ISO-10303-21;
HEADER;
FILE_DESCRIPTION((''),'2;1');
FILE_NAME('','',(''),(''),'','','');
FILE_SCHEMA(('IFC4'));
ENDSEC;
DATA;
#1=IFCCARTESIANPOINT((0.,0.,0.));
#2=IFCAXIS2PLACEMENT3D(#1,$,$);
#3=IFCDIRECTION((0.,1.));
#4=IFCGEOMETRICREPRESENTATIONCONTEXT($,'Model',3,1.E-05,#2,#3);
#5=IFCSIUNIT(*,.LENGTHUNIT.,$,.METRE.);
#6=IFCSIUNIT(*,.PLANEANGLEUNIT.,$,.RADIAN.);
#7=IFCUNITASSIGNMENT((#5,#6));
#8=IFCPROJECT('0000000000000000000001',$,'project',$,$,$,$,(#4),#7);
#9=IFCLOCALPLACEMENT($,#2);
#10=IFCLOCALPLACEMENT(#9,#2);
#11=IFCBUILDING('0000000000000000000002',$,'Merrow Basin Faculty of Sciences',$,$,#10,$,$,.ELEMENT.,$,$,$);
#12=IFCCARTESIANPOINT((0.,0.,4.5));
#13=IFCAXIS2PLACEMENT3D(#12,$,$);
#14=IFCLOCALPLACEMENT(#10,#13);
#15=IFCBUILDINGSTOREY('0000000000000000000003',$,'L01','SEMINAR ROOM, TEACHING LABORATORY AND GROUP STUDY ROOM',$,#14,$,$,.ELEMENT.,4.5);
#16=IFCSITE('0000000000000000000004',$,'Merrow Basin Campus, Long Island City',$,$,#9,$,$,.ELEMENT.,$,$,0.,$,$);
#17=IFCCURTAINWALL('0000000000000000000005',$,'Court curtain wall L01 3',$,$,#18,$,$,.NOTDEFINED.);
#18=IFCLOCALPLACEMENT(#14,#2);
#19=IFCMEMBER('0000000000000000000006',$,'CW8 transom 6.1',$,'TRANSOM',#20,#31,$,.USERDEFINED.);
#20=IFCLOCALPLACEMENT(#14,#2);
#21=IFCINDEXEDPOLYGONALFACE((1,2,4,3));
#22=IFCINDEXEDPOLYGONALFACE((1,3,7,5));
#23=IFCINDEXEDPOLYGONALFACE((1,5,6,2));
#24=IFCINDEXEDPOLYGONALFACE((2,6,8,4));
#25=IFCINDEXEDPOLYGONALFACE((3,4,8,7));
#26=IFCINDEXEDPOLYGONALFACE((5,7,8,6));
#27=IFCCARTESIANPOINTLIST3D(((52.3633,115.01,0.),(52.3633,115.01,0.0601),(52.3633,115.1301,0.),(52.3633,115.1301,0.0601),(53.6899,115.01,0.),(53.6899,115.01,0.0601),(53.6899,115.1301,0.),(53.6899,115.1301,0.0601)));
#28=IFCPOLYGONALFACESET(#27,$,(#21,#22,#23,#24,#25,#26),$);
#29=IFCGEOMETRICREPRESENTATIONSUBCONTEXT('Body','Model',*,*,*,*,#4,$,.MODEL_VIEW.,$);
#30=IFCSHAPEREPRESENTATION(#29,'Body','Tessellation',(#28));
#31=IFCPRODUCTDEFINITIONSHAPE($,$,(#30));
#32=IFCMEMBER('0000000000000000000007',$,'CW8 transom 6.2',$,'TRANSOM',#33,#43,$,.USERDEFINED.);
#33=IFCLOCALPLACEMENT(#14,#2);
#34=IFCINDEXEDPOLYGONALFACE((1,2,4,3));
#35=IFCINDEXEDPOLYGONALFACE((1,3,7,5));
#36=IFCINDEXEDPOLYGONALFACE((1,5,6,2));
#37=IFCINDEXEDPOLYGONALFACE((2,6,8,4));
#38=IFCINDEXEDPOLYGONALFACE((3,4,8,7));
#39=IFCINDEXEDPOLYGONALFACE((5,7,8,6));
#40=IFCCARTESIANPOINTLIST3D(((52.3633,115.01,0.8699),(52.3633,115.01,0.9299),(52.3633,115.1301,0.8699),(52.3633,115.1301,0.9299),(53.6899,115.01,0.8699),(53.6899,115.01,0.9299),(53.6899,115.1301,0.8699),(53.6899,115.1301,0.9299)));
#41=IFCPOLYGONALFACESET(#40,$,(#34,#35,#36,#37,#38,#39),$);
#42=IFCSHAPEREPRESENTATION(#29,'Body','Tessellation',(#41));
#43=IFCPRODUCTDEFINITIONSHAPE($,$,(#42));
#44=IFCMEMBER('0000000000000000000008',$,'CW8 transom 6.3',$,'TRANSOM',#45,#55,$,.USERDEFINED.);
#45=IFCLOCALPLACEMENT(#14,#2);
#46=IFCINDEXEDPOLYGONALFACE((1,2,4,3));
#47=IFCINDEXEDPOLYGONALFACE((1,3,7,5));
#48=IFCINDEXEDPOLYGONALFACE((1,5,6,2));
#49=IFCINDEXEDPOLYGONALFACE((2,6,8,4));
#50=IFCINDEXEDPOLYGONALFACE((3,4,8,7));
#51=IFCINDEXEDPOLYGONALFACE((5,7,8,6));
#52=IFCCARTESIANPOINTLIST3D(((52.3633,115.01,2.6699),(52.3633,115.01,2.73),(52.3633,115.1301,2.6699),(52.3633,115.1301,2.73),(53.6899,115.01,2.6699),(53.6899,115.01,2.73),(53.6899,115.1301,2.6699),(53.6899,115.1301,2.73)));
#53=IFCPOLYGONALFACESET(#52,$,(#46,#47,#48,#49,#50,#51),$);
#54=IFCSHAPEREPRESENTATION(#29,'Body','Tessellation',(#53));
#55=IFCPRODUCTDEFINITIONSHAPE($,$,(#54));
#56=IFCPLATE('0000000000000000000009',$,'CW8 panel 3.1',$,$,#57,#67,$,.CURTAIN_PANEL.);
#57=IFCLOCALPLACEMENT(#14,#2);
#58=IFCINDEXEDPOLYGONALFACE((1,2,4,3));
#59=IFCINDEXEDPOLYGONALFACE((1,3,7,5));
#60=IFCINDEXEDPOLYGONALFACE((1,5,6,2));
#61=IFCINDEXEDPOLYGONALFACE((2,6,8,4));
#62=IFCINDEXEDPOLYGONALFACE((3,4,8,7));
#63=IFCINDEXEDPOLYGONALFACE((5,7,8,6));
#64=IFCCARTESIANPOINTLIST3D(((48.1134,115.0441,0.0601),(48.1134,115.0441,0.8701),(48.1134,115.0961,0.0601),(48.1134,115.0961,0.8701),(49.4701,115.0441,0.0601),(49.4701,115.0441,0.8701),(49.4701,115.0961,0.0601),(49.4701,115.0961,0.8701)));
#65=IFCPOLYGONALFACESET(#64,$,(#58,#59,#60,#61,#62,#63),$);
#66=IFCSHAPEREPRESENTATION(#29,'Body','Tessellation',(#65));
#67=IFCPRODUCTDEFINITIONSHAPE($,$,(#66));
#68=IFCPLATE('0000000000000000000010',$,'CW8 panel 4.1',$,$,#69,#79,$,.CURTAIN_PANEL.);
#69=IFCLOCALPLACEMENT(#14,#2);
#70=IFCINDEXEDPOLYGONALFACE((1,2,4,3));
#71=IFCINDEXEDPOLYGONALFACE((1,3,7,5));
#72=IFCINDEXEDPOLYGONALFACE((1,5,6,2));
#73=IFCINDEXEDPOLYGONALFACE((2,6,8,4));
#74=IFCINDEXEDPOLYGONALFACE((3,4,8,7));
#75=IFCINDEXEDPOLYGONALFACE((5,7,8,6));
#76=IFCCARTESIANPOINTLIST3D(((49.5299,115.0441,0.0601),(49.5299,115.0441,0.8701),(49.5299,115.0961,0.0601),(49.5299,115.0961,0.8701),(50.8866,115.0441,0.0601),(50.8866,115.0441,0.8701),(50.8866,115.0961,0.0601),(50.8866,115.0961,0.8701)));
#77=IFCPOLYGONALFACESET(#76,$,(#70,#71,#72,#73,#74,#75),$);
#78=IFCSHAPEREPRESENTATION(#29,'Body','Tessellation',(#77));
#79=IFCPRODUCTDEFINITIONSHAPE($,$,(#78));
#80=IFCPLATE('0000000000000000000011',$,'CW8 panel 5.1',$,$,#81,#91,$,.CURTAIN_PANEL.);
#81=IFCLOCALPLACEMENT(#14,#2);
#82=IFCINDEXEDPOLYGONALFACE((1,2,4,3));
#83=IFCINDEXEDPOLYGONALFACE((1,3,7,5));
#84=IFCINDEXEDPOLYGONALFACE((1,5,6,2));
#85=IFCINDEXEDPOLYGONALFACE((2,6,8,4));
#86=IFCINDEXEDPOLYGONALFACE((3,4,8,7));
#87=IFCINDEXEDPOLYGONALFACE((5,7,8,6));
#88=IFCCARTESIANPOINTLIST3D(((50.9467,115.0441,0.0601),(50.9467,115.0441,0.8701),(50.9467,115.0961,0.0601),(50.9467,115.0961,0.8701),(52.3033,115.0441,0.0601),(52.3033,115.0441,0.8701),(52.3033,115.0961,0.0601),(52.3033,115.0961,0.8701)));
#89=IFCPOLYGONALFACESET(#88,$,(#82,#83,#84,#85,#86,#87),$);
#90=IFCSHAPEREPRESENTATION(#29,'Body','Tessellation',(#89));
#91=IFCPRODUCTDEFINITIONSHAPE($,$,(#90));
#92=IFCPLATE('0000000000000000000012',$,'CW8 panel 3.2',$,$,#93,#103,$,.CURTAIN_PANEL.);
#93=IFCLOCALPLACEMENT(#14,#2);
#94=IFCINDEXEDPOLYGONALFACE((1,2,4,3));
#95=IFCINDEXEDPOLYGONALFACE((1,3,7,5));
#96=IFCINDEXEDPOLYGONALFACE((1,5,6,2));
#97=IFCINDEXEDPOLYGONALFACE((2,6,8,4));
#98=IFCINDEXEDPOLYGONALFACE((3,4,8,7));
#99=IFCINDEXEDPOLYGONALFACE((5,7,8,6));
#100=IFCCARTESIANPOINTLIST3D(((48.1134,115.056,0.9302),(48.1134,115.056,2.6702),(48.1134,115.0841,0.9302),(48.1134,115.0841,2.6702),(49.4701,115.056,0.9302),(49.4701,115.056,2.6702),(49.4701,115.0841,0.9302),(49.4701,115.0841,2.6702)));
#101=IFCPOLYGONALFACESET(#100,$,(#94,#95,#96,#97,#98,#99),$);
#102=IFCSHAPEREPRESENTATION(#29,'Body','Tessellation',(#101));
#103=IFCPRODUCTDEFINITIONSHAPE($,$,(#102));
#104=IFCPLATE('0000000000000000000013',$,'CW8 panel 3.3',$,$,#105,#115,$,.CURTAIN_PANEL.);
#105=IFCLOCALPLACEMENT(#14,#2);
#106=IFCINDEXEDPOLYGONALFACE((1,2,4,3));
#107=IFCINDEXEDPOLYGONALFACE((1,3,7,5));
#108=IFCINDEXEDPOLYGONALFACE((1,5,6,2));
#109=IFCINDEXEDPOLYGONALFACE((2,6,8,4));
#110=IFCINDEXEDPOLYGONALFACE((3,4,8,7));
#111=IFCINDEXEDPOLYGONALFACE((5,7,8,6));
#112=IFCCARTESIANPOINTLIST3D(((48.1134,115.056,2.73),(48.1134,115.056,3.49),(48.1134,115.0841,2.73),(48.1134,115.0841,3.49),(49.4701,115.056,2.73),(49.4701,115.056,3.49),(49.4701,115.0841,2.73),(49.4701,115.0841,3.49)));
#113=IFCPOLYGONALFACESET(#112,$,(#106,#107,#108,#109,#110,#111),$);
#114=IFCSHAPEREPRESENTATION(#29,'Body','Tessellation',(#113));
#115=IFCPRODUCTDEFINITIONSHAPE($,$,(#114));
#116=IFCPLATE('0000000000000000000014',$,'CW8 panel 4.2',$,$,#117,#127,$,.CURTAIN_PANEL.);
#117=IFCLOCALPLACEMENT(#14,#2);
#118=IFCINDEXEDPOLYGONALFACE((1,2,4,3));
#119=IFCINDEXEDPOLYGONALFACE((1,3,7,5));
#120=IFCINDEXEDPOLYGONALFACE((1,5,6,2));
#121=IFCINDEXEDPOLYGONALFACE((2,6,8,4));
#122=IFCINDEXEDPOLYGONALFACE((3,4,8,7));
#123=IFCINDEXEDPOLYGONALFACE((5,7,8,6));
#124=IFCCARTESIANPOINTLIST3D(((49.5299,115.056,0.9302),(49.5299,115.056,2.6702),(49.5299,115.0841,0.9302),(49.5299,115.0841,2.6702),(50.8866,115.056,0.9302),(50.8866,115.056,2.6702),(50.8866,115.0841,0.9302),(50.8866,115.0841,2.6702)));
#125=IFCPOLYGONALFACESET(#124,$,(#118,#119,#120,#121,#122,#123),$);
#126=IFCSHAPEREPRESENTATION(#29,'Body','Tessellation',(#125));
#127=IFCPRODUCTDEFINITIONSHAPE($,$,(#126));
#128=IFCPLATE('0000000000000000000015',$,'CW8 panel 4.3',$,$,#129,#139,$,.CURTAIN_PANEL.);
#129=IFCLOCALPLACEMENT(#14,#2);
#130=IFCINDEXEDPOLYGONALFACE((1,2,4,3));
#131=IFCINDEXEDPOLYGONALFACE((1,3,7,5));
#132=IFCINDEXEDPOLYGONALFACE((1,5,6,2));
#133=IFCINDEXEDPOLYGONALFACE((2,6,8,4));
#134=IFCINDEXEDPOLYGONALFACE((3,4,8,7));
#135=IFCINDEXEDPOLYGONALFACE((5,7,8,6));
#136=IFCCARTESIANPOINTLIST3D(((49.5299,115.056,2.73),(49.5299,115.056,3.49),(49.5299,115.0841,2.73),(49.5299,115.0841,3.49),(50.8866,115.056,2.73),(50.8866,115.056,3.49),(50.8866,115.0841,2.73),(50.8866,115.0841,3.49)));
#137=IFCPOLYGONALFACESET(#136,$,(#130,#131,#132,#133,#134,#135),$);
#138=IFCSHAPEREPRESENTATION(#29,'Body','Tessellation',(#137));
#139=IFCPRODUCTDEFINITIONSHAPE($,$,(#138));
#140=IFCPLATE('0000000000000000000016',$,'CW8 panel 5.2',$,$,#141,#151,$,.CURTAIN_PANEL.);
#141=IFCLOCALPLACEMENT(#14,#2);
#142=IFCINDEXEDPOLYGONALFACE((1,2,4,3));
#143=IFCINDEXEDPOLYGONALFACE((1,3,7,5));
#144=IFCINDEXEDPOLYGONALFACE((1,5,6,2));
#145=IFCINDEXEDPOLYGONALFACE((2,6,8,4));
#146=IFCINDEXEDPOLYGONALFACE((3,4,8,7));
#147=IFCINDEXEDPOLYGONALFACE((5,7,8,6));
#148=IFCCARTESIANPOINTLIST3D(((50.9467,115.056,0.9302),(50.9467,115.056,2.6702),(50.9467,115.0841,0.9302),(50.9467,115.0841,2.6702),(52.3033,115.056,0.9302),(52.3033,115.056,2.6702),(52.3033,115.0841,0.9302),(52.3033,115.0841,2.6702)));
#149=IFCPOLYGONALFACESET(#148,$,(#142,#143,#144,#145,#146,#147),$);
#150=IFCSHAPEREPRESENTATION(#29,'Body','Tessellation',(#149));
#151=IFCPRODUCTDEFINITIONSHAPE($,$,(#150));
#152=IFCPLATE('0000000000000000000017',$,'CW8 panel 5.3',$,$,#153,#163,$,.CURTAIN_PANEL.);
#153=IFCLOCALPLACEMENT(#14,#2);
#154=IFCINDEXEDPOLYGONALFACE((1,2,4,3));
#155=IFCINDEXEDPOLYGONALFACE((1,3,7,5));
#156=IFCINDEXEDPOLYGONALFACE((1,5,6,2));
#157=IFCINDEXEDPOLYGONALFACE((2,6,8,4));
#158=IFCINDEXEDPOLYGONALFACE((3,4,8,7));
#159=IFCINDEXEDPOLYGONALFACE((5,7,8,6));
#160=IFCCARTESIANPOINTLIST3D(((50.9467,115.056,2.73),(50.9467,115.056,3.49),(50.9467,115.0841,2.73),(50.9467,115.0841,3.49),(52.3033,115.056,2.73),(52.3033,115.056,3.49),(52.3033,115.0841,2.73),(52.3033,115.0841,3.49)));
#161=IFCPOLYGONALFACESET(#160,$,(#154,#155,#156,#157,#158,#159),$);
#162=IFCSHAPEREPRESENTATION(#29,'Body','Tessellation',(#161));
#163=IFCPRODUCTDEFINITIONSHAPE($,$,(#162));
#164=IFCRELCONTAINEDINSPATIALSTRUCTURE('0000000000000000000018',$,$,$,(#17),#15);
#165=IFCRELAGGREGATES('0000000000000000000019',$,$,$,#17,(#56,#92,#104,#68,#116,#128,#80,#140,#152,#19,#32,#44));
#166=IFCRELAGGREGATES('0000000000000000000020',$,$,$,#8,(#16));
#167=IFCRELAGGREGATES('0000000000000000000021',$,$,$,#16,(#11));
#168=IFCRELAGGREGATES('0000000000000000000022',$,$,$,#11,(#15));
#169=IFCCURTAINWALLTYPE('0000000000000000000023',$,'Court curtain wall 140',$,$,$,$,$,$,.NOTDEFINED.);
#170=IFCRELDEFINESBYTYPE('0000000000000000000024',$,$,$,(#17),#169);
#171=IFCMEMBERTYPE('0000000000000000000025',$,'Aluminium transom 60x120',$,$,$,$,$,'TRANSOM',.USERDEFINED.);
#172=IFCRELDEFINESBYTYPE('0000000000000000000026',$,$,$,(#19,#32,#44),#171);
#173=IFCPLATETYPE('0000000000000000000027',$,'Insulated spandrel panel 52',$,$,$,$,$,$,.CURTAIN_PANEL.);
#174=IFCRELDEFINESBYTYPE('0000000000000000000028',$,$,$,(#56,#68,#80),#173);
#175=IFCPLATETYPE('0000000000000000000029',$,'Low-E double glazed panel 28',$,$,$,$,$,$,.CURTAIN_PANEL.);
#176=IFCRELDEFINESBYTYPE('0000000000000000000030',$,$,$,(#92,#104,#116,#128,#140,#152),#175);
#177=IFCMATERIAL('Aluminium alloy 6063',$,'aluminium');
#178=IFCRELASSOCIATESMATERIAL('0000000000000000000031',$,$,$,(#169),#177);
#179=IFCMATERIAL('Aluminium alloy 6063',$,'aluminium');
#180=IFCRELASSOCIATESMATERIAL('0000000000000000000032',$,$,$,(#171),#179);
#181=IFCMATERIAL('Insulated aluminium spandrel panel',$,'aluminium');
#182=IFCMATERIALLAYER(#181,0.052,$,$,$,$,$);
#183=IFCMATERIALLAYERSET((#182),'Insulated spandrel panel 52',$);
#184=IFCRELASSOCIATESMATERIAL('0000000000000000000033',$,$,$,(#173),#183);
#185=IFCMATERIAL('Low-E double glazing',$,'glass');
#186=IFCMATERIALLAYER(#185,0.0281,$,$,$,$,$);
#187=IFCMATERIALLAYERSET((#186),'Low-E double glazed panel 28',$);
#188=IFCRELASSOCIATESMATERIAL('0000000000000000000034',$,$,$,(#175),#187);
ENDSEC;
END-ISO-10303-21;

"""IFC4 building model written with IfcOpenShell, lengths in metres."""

from ifc_helpers import new_model, si_unit, direction, frame, origin, origin_2d, place, context, subcontext, project, spatial, rectangle, extrude, material, layer, layer_set, material_profile, profile_set, type_object, element, aggregate, save


model = new_model("IFC4")

# Units and contexts
model_context = context("Model", 3, precision=1e-05, world=origin(), true_north=direction((0.0, 1.0)))
body_context = subcontext(model_context, "Body", "Model", "MODEL_VIEW")
ifc_project = project(units=[si_unit("LENGTHUNIT", "METRE"), si_unit("PLANEANGLEUNIT", "RADIAN")], contexts=[model_context])

# Site, building, storey
site_placement = place(None, origin())
site = spatial("IfcSite", under=ifc_project, at=site_placement, Name="Merrow Basin Campus, Long Island City", CompositionType="ELEMENT", RefElevation=0.0)
building_placement = place(site_placement, origin())
building = spatial("IfcBuilding", under=site, at=building_placement, Name="Merrow Basin Faculty of Sciences", CompositionType="ELEMENT")
storey_placement = place(building_placement, frame((0.0, 0.0, 4.5)))
storey = spatial("IfcBuildingStorey", under=building, at=storey_placement, Name="L01", Description="SEMINAR ROOM, TEACHING LABORATORY AND GROUP STUDY ROOM", CompositionType="ELEMENT", Elevation=4.5)

# Curtain wall, members, plates
ifc_material_1 = material(Name="Aluminium alloy 6063", Category="aluminium")
curtain_wall_type = type_object("IfcCurtainWallType", Name="Court curtain wall 140", PredefinedType="NOTDEFINED", material=ifc_material_1)
curtain_wall_placement = place(storey_placement, origin())
curtain_wall = element("IfcCurtainWall", 1, at=curtain_wall_placement, inside=storey, type_object=curtain_wall_type, Name="Court curtain wall L01 3", PredefinedType="NOTDEFINED")
ifc_material_2 = material(Name="Aluminium alloy 6063", Category="aluminium")
ifc_material_profile_1 = material_profile(ifc_material_2, rectangle(XDim=0.1201, YDim=0.0601, at=origin_2d()))
ifc_profile_set_1 = profile_set([ifc_material_profile_1], Name="Aluminium alloy 6063")
member_type_1 = type_object("IfcMemberType", Name="Aluminium transom 60x120", ElementType="TRANSOM", PredefinedType="USERDEFINED", material=ifc_profile_set_1)
member_1_placement = place(storey_placement, frame((52.3633, 115.0701, 0.03), z_axis=(1.0, 0.0, 0.0), x_axis=(0.0, 1.0, 0.0)))
member_1 = element("IfcMember", 2, at=member_1_placement, type_object=member_type_1, Name="CW8 transom 6.1", ObjectType="TRANSOM", PredefinedType="USERDEFINED", context=body_context, shape_type="SweptSolid", body=[
    extrude(rectangle(XDim=0.1201, YDim=0.0601, at=origin_2d()), origin(), (0.0, 0.0, 1.0), 1.3267),
])
member_2_placement = place(storey_placement, frame((52.3633, 115.0701, 0.8999), z_axis=(1.0, 0.0, 0.0), x_axis=(0.0, 1.0, 0.0)))
member_2 = element("IfcMember", 3, at=member_2_placement, type_object=member_type_1, Name="CW8 transom 6.2", ObjectType="TRANSOM", PredefinedType="USERDEFINED", context=body_context, shape_type="SweptSolid", body=[
    extrude(rectangle(XDim=0.1201, YDim=0.0601, at=origin_2d()), origin(), (0.0, 0.0, 1.0), 1.3267),
])
member_3_placement = place(storey_placement, frame((52.3633, 115.0701, 2.7), z_axis=(1.0, 0.0, 0.0), x_axis=(0.0, 1.0, 0.0)))
member_3 = element("IfcMember", 4, at=member_3_placement, type_object=member_type_1, Name="CW8 transom 6.3", ObjectType="TRANSOM", PredefinedType="USERDEFINED", context=body_context, shape_type="SweptSolid", body=[
    extrude(rectangle(XDim=0.1201, YDim=0.0601, at=origin_2d()), origin(), (0.0, 0.0, 1.0), 1.3267),
])
ifc_material_3 = material(Name="Insulated aluminium spandrel panel", Category="aluminium")
ifc_layer_1 = layer(ifc_material_3, 0.052)
ifc_layer_set_1 = layer_set([ifc_layer_1], Name="Insulated spandrel panel 52")
plate_type_1 = type_object("IfcPlateType", Name="Insulated spandrel panel 52", PredefinedType="CURTAIN_PANEL", material=ifc_layer_set_1)
plate_1_placement = place(storey_placement, frame((48.7917, 115.0701, 0.0601), z_axis=(0.0, 0.0, 1.0), x_axis=(1.0, 0.0, 0.0)))
plate_1 = element("IfcPlate", 5, at=plate_1_placement, type_object=plate_type_1, Name="CW8 panel 3.1", PredefinedType="CURTAIN_PANEL", context=body_context, shape_type="SweptSolid", body=[
    extrude(rectangle(XDim=1.3567, YDim=0.052, at=origin_2d()), origin(), (0.0, 0.0, 1.0), 0.8101),
])
plate_2_placement = place(storey_placement, frame((50.2083, 115.0701, 0.0601), z_axis=(0.0, 0.0, 1.0), x_axis=(1.0, 0.0, 0.0)))
plate_2 = element("IfcPlate", 6, at=plate_2_placement, type_object=plate_type_1, Name="CW8 panel 4.1", PredefinedType="CURTAIN_PANEL", context=body_context, shape_type="SweptSolid", body=[
    extrude(rectangle(XDim=1.3567, YDim=0.052, at=origin_2d()), origin(), (0.0, 0.0, 1.0), 0.8101),
])
plate_3_placement = place(storey_placement, frame((51.625, 115.0701, 0.0601), z_axis=(0.0, 0.0, 1.0), x_axis=(1.0, 0.0, 0.0)))
plate_3 = element("IfcPlate", 7, at=plate_3_placement, type_object=plate_type_1, Name="CW8 panel 5.1", PredefinedType="CURTAIN_PANEL", context=body_context, shape_type="SweptSolid", body=[
    extrude(rectangle(XDim=1.3567, YDim=0.052, at=origin_2d()), origin(), (0.0, 0.0, 1.0), 0.8101),
])
ifc_material_4 = material(Name="Low-E double glazing", Category="glass")
ifc_layer_2 = layer(ifc_material_4, 0.0281)
ifc_layer_set_2 = layer_set([ifc_layer_2], Name="Low-E double glazed panel 28")
plate_type_2 = type_object("IfcPlateType", Name="Low-E double glazed panel 28", PredefinedType="CURTAIN_PANEL", material=ifc_layer_set_2)
plate_4_placement = place(storey_placement, frame((48.7917, 115.0701, 0.9302), z_axis=(0.0, 0.0, 1.0), x_axis=(1.0, 0.0, 0.0)))
plate_4 = element("IfcPlate", 8, at=plate_4_placement, type_object=plate_type_2, Name="CW8 panel 3.2", PredefinedType="CURTAIN_PANEL", context=body_context, shape_type="SweptSolid", body=[
    extrude(rectangle(XDim=1.3567, YDim=0.0281, at=origin_2d()), origin(), (0.0, 0.0, 1.0), 1.74),
])
plate_5_placement = place(storey_placement, frame((48.7917, 115.0701, 2.73), z_axis=(0.0, 0.0, 1.0), x_axis=(1.0, 0.0, 0.0)))
plate_5 = element("IfcPlate", 9, at=plate_5_placement, type_object=plate_type_2, Name="CW8 panel 3.3", PredefinedType="CURTAIN_PANEL", context=body_context, shape_type="SweptSolid", body=[
    extrude(rectangle(XDim=1.3567, YDim=0.0281, at=origin_2d()), origin(), (0.0, 0.0, 1.0), 0.76),
])
plate_6_placement = place(storey_placement, frame((50.2083, 115.0701, 0.9302), z_axis=(0.0, 0.0, 1.0), x_axis=(1.0, 0.0, 0.0)))
plate_6 = element("IfcPlate", 10, at=plate_6_placement, type_object=plate_type_2, Name="CW8 panel 4.2", PredefinedType="CURTAIN_PANEL", context=body_context, shape_type="SweptSolid", body=[
    extrude(rectangle(XDim=1.3567, YDim=0.0281, at=origin_2d()), origin(), (0.0, 0.0, 1.0), 1.74),
])
plate_7_placement = place(storey_placement, frame((50.2083, 115.0701, 2.73), z_axis=(0.0, 0.0, 1.0), x_axis=(1.0, 0.0, 0.0)))
plate_7 = element("IfcPlate", 11, at=plate_7_placement, type_object=plate_type_2, Name="CW8 panel 4.3", PredefinedType="CURTAIN_PANEL", context=body_context, shape_type="SweptSolid", body=[
    extrude(rectangle(XDim=1.3567, YDim=0.0281, at=origin_2d()), origin(), (0.0, 0.0, 1.0), 0.76),
])
plate_8_placement = place(storey_placement, frame((51.625, 115.0701, 0.9302), z_axis=(0.0, 0.0, 1.0), x_axis=(1.0, 0.0, 0.0)))
plate_8 = element("IfcPlate", 12, at=plate_8_placement, type_object=plate_type_2, Name="CW8 panel 5.2", PredefinedType="CURTAIN_PANEL", context=body_context, shape_type="SweptSolid", body=[
    extrude(rectangle(XDim=1.3567, YDim=0.0281, at=origin_2d()), origin(), (0.0, 0.0, 1.0), 1.74),
])
plate_9_placement = place(storey_placement, frame((51.625, 115.0701, 2.73), z_axis=(0.0, 0.0, 1.0), x_axis=(1.0, 0.0, 0.0)))
plate_9 = element("IfcPlate", 13, at=plate_9_placement, type_object=plate_type_2, Name="CW8 panel 5.3", PredefinedType="CURTAIN_PANEL", context=body_context, shape_type="SweptSolid", body=[
    extrude(rectangle(XDim=1.3567, YDim=0.0281, at=origin_2d()), origin(), (0.0, 0.0, 1.0), 0.76),
])
aggregate(curtain_wall, [plate_1, plate_4, plate_5, plate_2, plate_6, plate_7, plate_3, plate_8, plate_9, member_1, member_2, member_3])

save(model, "model.ifc")
